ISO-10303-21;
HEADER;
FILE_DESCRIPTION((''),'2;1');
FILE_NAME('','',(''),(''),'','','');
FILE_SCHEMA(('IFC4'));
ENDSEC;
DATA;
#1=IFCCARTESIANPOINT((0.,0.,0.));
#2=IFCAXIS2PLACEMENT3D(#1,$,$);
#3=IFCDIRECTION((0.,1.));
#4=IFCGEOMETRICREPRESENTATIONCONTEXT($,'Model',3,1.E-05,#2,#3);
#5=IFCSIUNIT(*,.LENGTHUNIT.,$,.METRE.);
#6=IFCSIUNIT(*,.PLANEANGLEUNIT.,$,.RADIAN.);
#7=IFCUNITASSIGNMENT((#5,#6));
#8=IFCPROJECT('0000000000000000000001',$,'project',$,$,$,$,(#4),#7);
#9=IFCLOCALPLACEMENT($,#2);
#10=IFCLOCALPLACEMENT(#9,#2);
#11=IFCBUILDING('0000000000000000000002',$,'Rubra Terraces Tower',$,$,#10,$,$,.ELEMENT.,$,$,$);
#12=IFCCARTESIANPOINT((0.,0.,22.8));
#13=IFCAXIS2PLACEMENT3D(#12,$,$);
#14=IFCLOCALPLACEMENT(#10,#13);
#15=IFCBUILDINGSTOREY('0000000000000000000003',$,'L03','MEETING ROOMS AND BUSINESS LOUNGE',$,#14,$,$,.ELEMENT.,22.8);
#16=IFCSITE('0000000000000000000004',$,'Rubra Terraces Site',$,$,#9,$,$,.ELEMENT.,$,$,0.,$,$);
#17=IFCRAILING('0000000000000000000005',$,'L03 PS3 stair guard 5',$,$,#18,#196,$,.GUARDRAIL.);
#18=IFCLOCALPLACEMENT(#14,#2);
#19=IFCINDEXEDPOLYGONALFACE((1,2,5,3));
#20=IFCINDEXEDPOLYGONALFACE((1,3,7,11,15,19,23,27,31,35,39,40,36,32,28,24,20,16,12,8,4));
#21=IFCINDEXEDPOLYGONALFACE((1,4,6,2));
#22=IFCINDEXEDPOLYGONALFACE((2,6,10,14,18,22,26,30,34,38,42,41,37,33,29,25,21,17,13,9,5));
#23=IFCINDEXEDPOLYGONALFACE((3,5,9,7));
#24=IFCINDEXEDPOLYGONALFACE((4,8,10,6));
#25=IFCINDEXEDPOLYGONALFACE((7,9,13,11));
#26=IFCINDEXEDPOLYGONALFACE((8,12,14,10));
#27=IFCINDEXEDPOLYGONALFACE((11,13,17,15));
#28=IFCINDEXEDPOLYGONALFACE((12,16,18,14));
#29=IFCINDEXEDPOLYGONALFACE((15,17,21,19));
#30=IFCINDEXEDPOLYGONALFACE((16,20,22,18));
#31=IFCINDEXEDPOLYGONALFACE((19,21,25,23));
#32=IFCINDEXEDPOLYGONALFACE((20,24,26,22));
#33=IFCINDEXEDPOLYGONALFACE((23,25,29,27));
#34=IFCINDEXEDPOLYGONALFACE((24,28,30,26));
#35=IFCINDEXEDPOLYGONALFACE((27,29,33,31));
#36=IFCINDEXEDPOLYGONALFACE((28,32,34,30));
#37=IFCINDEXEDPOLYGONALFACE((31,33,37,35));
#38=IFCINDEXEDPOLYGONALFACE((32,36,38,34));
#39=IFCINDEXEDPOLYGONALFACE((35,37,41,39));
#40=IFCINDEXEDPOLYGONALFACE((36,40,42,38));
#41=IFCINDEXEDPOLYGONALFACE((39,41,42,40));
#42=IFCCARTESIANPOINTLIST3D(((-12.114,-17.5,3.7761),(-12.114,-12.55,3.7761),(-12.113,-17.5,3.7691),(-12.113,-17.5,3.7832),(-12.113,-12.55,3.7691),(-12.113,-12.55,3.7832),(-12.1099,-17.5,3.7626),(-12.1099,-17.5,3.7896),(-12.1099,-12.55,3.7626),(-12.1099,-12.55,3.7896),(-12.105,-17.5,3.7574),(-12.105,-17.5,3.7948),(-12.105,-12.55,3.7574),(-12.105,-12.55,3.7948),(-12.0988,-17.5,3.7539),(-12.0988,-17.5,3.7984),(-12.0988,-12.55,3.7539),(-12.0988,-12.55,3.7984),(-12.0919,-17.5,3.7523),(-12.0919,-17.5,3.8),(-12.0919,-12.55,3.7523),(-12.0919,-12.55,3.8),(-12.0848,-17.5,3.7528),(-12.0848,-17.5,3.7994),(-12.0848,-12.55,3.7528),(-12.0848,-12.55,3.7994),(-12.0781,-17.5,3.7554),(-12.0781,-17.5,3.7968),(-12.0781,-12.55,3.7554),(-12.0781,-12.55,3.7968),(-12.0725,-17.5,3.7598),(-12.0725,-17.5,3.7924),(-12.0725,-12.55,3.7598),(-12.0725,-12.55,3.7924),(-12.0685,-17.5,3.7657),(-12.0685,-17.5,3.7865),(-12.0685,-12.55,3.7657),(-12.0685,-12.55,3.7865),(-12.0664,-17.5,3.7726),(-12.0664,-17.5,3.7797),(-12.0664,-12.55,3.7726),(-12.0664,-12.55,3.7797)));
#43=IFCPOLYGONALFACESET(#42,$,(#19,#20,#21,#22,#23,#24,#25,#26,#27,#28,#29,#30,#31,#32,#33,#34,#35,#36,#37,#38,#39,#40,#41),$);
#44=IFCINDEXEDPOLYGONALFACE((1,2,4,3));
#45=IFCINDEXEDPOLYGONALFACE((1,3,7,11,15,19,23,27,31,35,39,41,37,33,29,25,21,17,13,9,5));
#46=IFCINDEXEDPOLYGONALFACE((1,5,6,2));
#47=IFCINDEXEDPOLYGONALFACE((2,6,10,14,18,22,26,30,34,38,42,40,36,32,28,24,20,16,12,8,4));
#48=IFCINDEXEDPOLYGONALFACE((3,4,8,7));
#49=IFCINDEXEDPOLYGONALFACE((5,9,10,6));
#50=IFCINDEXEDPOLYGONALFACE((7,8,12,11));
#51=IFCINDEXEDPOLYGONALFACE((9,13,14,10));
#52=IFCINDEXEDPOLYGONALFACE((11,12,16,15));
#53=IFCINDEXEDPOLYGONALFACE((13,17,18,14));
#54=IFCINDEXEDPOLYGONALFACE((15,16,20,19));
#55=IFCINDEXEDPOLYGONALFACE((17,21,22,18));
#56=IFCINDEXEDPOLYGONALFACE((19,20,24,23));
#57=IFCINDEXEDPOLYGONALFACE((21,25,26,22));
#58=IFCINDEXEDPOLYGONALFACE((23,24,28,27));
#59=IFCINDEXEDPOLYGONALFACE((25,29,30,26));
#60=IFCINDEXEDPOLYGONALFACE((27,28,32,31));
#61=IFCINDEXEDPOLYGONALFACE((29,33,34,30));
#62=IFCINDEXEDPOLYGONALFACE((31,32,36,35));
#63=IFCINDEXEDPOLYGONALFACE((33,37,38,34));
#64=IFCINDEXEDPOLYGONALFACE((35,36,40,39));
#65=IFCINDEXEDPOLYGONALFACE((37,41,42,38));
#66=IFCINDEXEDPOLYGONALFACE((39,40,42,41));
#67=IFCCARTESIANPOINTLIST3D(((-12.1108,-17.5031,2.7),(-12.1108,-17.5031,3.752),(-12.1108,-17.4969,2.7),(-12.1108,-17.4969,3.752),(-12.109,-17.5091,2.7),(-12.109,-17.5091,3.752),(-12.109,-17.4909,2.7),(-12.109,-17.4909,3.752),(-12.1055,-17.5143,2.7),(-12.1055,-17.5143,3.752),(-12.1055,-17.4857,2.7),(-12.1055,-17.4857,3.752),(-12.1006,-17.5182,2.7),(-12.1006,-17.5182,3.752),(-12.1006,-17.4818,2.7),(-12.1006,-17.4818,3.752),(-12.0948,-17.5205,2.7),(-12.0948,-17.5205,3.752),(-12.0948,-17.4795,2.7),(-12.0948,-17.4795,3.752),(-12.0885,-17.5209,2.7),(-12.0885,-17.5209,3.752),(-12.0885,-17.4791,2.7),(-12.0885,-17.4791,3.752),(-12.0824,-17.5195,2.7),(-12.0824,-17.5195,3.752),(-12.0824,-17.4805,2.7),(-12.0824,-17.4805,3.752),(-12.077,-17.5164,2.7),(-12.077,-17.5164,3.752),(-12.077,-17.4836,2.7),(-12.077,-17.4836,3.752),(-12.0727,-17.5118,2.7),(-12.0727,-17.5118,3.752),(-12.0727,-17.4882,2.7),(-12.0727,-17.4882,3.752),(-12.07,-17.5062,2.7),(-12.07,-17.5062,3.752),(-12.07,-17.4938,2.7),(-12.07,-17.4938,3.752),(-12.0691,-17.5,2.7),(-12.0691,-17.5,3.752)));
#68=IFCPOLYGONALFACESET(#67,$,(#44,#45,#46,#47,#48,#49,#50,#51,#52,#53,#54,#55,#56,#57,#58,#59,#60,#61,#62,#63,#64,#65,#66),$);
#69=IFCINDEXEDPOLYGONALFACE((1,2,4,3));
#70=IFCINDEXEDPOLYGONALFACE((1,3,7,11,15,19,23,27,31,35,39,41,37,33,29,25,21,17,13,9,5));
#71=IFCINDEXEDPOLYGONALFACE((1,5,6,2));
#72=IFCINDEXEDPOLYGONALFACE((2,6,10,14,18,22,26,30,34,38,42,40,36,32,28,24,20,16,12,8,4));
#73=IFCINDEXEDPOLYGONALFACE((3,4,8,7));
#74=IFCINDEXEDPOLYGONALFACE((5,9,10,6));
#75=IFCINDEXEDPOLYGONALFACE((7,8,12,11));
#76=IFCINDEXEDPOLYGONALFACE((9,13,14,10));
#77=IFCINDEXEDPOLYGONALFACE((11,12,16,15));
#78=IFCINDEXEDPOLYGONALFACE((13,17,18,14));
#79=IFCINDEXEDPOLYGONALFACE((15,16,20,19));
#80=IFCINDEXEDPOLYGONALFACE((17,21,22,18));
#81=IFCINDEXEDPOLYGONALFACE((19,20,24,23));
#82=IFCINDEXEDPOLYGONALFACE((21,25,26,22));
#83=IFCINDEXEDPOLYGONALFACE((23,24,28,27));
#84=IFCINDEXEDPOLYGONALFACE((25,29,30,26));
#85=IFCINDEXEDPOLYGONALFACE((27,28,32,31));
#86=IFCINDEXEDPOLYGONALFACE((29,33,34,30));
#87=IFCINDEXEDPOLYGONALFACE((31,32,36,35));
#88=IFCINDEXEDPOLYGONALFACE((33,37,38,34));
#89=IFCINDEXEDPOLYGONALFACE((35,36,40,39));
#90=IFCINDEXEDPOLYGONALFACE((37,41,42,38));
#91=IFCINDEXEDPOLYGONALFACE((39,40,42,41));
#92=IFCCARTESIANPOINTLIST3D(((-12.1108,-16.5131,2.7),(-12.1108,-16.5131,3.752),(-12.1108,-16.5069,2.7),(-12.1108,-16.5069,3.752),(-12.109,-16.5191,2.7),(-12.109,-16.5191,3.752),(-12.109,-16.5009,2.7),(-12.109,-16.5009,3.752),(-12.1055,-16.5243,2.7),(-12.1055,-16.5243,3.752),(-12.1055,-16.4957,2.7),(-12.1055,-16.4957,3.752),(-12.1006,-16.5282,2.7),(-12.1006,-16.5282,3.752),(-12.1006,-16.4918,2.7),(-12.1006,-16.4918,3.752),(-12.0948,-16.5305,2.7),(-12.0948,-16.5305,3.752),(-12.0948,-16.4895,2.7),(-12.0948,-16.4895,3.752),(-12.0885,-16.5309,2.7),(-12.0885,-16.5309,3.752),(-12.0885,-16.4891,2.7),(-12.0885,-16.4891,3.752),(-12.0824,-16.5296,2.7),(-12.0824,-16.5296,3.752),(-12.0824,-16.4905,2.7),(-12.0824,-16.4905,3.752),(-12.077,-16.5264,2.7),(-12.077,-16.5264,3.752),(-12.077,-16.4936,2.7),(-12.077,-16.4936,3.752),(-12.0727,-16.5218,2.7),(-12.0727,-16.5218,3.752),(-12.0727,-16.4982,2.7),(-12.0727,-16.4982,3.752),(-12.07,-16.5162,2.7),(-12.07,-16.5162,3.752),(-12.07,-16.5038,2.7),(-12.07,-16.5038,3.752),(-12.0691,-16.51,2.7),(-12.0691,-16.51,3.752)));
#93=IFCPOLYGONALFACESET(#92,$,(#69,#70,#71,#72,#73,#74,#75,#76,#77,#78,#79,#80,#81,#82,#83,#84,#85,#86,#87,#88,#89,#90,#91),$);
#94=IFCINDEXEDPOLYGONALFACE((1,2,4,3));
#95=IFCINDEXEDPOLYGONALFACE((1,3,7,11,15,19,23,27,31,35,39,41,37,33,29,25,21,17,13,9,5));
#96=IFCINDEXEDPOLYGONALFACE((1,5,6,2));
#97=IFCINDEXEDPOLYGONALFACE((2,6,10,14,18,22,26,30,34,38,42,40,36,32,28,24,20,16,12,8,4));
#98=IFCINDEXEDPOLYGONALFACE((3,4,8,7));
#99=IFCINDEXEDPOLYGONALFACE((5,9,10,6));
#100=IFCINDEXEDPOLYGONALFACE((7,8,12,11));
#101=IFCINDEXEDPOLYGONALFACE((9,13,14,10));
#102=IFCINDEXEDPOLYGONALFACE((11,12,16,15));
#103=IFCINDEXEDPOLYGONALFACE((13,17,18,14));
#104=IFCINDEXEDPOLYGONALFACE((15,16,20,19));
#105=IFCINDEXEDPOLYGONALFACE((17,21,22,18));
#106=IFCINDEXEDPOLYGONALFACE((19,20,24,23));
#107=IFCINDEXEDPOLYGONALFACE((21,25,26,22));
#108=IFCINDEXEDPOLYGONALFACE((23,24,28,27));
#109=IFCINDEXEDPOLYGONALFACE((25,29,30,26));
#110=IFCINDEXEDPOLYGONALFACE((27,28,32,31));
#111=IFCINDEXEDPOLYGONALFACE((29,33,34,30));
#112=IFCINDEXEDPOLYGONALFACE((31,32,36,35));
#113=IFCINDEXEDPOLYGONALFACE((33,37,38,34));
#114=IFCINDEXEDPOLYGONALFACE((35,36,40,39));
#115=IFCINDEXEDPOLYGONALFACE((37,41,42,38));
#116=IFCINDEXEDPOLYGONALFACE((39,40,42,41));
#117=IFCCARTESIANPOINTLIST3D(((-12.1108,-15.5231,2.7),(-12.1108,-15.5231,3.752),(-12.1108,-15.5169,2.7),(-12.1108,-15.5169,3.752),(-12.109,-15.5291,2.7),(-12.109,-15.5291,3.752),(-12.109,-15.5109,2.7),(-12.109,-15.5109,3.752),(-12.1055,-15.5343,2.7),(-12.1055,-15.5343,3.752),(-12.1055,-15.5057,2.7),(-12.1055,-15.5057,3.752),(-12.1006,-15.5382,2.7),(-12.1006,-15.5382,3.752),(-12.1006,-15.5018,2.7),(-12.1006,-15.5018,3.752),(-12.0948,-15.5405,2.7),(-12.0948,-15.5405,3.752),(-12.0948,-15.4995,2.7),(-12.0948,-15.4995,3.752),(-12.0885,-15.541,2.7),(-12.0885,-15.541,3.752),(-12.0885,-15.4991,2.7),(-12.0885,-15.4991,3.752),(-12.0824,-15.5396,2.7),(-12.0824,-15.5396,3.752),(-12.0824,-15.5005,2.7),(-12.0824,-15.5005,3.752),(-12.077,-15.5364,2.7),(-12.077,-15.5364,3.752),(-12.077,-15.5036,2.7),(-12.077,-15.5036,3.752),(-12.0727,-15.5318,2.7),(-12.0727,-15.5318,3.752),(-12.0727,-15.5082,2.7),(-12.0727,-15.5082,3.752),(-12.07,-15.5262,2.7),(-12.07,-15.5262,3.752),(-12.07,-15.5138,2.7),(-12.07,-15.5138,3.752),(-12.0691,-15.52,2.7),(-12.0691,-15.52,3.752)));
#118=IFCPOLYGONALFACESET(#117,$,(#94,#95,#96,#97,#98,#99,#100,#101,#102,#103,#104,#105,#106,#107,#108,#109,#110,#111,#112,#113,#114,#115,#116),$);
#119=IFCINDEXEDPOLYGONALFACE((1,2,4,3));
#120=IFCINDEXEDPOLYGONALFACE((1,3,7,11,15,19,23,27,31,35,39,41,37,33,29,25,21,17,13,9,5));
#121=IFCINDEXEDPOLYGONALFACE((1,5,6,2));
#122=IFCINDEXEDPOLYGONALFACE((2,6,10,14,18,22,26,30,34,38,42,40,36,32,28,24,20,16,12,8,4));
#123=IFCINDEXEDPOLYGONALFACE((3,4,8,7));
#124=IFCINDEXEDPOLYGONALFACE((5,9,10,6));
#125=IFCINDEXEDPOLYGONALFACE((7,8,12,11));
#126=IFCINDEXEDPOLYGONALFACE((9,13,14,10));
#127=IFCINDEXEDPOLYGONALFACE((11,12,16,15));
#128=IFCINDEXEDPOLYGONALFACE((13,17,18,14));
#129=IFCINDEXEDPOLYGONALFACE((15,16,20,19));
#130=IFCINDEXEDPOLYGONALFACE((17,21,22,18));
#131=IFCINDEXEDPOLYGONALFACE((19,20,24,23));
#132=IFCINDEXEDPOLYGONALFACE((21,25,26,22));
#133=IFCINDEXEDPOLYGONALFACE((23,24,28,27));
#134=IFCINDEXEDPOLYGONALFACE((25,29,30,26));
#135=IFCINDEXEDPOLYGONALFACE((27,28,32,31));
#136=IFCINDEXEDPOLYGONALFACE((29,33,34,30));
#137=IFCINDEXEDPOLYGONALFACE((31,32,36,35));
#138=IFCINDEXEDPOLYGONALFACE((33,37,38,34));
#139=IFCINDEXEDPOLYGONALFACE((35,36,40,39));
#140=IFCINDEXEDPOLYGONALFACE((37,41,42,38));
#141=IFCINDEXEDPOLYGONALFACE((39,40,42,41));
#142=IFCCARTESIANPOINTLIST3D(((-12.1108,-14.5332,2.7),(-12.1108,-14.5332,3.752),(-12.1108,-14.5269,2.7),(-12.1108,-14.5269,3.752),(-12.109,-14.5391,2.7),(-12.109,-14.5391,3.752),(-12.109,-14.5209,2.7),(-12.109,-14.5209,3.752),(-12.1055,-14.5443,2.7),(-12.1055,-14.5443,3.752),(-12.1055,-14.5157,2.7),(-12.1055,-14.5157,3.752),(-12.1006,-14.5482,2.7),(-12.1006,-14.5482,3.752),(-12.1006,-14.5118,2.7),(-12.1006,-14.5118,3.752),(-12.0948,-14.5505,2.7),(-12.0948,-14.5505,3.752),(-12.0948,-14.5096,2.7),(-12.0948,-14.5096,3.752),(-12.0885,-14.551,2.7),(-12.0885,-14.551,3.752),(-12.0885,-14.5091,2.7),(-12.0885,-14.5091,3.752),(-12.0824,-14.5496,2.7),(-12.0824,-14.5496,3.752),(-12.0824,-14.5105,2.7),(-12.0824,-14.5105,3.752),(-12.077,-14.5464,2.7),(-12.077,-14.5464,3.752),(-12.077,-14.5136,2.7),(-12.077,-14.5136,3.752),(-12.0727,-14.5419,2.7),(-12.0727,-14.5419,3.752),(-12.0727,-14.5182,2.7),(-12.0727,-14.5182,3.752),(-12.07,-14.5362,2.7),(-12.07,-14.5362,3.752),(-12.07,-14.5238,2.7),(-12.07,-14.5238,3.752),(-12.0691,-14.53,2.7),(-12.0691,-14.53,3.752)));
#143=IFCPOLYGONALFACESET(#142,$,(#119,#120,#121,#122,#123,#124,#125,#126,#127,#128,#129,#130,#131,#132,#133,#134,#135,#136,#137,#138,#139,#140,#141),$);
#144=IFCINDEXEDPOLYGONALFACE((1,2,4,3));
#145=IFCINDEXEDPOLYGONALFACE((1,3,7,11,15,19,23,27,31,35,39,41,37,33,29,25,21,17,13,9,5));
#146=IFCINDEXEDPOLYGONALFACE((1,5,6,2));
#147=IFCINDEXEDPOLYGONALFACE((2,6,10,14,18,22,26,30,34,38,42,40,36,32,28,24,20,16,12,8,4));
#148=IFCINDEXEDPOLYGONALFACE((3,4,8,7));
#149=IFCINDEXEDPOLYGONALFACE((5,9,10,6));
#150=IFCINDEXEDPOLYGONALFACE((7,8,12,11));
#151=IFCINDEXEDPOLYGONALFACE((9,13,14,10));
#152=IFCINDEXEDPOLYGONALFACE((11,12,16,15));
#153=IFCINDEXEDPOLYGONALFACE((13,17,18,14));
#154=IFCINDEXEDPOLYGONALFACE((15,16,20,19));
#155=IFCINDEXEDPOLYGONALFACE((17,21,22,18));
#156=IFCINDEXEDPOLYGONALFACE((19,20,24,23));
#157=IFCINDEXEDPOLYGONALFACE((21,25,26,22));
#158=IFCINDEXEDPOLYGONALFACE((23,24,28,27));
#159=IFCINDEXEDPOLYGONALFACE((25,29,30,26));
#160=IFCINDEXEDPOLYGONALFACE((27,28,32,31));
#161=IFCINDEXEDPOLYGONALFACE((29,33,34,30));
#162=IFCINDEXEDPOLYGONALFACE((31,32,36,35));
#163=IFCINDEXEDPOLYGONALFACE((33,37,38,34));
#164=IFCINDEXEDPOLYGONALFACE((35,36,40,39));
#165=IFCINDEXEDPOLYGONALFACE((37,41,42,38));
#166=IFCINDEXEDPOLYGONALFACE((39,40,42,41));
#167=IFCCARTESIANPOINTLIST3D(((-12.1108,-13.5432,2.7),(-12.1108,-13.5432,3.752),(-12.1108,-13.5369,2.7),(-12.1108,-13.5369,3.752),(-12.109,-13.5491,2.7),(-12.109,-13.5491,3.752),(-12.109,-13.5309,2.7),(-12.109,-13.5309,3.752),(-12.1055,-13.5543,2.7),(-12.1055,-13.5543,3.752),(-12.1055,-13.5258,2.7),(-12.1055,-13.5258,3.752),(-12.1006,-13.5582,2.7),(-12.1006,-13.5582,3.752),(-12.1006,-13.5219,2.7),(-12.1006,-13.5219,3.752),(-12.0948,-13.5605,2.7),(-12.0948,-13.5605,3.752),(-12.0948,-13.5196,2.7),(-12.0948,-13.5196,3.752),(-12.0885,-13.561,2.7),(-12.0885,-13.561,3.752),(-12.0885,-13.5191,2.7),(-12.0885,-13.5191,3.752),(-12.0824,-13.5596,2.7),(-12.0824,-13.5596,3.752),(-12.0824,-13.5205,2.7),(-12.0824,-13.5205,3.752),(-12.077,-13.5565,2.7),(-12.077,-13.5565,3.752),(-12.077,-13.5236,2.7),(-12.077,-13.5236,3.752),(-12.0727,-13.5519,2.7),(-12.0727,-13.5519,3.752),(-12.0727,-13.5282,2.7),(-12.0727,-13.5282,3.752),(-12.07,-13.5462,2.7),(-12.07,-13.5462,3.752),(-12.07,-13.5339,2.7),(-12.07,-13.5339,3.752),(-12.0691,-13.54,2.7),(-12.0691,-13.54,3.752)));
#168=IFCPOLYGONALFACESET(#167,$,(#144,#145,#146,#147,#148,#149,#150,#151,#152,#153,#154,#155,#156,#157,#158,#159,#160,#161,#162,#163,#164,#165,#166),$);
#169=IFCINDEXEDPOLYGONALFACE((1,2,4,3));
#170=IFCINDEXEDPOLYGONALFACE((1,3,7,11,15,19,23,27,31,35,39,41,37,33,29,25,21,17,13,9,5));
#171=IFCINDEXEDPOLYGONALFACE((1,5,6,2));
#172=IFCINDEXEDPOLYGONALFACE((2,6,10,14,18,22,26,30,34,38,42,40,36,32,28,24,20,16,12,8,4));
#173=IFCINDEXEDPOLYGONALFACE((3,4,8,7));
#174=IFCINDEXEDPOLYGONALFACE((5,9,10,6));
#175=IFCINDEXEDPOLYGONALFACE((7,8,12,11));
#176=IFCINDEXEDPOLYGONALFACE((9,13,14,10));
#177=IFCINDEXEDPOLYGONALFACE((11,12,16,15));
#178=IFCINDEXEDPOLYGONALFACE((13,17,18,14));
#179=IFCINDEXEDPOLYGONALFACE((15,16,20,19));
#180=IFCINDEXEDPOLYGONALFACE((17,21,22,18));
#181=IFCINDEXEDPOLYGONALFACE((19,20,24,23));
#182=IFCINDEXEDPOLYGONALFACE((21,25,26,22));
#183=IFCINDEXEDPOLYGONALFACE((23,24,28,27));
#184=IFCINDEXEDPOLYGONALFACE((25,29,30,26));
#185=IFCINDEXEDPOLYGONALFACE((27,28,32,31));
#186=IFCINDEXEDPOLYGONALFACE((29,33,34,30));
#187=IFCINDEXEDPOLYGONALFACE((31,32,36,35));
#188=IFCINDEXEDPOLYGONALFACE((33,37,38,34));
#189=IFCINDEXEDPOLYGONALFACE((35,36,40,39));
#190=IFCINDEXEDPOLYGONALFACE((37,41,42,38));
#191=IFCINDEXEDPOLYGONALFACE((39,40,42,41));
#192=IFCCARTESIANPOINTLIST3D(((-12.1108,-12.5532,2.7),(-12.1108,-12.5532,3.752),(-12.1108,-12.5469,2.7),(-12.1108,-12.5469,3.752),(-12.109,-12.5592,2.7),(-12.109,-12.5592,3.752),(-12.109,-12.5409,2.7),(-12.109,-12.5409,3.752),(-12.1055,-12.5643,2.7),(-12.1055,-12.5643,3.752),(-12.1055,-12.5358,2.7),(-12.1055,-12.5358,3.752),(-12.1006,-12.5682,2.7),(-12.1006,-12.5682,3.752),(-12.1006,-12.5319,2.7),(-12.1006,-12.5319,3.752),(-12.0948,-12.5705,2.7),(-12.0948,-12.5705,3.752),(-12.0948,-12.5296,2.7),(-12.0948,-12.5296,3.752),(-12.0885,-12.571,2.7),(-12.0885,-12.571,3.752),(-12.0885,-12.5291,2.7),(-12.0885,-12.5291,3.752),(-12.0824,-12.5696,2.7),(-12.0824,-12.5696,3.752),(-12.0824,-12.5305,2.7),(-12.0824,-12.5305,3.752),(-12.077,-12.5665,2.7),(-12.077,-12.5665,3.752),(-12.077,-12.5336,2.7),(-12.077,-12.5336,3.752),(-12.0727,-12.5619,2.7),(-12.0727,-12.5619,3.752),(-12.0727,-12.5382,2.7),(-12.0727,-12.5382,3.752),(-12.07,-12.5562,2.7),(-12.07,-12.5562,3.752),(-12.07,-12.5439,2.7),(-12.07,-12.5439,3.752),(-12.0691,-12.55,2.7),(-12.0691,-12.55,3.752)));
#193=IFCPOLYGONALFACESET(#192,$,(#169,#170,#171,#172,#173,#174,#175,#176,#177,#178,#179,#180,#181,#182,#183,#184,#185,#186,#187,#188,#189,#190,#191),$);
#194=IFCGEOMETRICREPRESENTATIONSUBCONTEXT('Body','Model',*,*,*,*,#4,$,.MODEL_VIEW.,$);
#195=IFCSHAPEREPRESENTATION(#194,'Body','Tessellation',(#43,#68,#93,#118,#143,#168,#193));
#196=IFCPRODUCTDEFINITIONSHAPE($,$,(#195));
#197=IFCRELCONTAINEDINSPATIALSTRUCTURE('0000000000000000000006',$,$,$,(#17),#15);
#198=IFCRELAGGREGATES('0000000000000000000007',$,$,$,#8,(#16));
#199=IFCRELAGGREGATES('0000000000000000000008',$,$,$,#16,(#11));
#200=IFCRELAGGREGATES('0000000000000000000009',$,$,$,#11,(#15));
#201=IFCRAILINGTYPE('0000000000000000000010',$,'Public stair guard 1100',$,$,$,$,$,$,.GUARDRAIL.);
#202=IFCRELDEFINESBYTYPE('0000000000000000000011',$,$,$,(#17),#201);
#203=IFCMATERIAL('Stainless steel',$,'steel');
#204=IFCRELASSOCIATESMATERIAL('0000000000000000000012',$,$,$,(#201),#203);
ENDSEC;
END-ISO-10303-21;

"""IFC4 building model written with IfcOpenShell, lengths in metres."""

from ifc_helpers import new_model, si_unit, direction, frame, origin, origin_2d, place, context, subcontext, project, spatial, circle, extrude, material, type_object, element, save


model = new_model("IFC4")

# Units and contexts
model_context = context("Model", 3, precision=1e-05, world=origin(), true_north=direction((0.0, 1.0)))
body_context = subcontext(model_context, "Body", "Model", "MODEL_VIEW")
ifc_project = project(units=[si_unit("LENGTHUNIT", "METRE"), si_unit("PLANEANGLEUNIT", "RADIAN")], contexts=[model_context])

# Site, building, storey
site_placement = place(None, origin())
site = spatial("IfcSite", under=ifc_project, at=site_placement, Name="Rubra Terraces Site", CompositionType="ELEMENT", RefElevation=0.0)
building_placement = place(site_placement, origin())
building = spatial("IfcBuilding", under=site, at=building_placement, Name="Rubra Terraces Tower", CompositionType="ELEMENT")
storey_placement = place(building_placement, frame((0.0, 0.0, 22.8)))
storey = spatial("IfcBuildingStorey", under=building, at=storey_placement, Name="L03", Description="MEETING ROOMS AND BUSINESS LOUNGE", CompositionType="ELEMENT", Elevation=22.8)

# Railing
ifc_material_1 = material(Name="Stainless steel", Category="steel")
railing_type = type_object("IfcRailingType", Name="Public stair guard 1100", PredefinedType="GUARDRAIL", material=ifc_material_1)
railing_1_placement = place(storey_placement, frame((-12.0901, -17.5, 2.7)))
element("IfcRailing", 1, at=railing_1_placement, inside=storey, type_object=railing_type, Name="L03 PS3 stair guard 5", PredefinedType="GUARDRAIL", context=body_context, shape_type="SweptSolid", body=[
    extrude(circle(Radius=0.0239, at=origin_2d()), frame((0.0, 0.0, 1.0762), z_axis=(0.0, 1.0, 0.0), x_axis=(-1.0, 0.0, 0.0)), (0.0, 0.0, 1.0), 4.95),
    extrude(circle(Radius=0.021, at=origin_2d()), origin(), (0.0, 0.0, 1.0), 1.052),
    extrude(circle(Radius=0.021, at=origin_2d()), frame((0.0, 0.99, 0.0)), (0.0, 0.0, 1.0), 1.052),
    extrude(circle(Radius=0.021, at=origin_2d()), frame((0.0, 1.98, 0.0)), (0.0, 0.0, 1.0), 1.052),
    extrude(circle(Radius=0.021, at=origin_2d()), frame((0.0, 2.97, 0.0)), (0.0, 0.0, 1.0), 1.052),
    extrude(circle(Radius=0.021, at=origin_2d()), frame((0.0, 3.96, 0.0)), (0.0, 0.0, 1.0), 1.052),
    extrude(circle(Radius=0.021, at=origin_2d()), frame((0.0, 4.95, 0.0)), (0.0, 0.0, 1.0), 1.052),
])

save(model, "model.ifc")
